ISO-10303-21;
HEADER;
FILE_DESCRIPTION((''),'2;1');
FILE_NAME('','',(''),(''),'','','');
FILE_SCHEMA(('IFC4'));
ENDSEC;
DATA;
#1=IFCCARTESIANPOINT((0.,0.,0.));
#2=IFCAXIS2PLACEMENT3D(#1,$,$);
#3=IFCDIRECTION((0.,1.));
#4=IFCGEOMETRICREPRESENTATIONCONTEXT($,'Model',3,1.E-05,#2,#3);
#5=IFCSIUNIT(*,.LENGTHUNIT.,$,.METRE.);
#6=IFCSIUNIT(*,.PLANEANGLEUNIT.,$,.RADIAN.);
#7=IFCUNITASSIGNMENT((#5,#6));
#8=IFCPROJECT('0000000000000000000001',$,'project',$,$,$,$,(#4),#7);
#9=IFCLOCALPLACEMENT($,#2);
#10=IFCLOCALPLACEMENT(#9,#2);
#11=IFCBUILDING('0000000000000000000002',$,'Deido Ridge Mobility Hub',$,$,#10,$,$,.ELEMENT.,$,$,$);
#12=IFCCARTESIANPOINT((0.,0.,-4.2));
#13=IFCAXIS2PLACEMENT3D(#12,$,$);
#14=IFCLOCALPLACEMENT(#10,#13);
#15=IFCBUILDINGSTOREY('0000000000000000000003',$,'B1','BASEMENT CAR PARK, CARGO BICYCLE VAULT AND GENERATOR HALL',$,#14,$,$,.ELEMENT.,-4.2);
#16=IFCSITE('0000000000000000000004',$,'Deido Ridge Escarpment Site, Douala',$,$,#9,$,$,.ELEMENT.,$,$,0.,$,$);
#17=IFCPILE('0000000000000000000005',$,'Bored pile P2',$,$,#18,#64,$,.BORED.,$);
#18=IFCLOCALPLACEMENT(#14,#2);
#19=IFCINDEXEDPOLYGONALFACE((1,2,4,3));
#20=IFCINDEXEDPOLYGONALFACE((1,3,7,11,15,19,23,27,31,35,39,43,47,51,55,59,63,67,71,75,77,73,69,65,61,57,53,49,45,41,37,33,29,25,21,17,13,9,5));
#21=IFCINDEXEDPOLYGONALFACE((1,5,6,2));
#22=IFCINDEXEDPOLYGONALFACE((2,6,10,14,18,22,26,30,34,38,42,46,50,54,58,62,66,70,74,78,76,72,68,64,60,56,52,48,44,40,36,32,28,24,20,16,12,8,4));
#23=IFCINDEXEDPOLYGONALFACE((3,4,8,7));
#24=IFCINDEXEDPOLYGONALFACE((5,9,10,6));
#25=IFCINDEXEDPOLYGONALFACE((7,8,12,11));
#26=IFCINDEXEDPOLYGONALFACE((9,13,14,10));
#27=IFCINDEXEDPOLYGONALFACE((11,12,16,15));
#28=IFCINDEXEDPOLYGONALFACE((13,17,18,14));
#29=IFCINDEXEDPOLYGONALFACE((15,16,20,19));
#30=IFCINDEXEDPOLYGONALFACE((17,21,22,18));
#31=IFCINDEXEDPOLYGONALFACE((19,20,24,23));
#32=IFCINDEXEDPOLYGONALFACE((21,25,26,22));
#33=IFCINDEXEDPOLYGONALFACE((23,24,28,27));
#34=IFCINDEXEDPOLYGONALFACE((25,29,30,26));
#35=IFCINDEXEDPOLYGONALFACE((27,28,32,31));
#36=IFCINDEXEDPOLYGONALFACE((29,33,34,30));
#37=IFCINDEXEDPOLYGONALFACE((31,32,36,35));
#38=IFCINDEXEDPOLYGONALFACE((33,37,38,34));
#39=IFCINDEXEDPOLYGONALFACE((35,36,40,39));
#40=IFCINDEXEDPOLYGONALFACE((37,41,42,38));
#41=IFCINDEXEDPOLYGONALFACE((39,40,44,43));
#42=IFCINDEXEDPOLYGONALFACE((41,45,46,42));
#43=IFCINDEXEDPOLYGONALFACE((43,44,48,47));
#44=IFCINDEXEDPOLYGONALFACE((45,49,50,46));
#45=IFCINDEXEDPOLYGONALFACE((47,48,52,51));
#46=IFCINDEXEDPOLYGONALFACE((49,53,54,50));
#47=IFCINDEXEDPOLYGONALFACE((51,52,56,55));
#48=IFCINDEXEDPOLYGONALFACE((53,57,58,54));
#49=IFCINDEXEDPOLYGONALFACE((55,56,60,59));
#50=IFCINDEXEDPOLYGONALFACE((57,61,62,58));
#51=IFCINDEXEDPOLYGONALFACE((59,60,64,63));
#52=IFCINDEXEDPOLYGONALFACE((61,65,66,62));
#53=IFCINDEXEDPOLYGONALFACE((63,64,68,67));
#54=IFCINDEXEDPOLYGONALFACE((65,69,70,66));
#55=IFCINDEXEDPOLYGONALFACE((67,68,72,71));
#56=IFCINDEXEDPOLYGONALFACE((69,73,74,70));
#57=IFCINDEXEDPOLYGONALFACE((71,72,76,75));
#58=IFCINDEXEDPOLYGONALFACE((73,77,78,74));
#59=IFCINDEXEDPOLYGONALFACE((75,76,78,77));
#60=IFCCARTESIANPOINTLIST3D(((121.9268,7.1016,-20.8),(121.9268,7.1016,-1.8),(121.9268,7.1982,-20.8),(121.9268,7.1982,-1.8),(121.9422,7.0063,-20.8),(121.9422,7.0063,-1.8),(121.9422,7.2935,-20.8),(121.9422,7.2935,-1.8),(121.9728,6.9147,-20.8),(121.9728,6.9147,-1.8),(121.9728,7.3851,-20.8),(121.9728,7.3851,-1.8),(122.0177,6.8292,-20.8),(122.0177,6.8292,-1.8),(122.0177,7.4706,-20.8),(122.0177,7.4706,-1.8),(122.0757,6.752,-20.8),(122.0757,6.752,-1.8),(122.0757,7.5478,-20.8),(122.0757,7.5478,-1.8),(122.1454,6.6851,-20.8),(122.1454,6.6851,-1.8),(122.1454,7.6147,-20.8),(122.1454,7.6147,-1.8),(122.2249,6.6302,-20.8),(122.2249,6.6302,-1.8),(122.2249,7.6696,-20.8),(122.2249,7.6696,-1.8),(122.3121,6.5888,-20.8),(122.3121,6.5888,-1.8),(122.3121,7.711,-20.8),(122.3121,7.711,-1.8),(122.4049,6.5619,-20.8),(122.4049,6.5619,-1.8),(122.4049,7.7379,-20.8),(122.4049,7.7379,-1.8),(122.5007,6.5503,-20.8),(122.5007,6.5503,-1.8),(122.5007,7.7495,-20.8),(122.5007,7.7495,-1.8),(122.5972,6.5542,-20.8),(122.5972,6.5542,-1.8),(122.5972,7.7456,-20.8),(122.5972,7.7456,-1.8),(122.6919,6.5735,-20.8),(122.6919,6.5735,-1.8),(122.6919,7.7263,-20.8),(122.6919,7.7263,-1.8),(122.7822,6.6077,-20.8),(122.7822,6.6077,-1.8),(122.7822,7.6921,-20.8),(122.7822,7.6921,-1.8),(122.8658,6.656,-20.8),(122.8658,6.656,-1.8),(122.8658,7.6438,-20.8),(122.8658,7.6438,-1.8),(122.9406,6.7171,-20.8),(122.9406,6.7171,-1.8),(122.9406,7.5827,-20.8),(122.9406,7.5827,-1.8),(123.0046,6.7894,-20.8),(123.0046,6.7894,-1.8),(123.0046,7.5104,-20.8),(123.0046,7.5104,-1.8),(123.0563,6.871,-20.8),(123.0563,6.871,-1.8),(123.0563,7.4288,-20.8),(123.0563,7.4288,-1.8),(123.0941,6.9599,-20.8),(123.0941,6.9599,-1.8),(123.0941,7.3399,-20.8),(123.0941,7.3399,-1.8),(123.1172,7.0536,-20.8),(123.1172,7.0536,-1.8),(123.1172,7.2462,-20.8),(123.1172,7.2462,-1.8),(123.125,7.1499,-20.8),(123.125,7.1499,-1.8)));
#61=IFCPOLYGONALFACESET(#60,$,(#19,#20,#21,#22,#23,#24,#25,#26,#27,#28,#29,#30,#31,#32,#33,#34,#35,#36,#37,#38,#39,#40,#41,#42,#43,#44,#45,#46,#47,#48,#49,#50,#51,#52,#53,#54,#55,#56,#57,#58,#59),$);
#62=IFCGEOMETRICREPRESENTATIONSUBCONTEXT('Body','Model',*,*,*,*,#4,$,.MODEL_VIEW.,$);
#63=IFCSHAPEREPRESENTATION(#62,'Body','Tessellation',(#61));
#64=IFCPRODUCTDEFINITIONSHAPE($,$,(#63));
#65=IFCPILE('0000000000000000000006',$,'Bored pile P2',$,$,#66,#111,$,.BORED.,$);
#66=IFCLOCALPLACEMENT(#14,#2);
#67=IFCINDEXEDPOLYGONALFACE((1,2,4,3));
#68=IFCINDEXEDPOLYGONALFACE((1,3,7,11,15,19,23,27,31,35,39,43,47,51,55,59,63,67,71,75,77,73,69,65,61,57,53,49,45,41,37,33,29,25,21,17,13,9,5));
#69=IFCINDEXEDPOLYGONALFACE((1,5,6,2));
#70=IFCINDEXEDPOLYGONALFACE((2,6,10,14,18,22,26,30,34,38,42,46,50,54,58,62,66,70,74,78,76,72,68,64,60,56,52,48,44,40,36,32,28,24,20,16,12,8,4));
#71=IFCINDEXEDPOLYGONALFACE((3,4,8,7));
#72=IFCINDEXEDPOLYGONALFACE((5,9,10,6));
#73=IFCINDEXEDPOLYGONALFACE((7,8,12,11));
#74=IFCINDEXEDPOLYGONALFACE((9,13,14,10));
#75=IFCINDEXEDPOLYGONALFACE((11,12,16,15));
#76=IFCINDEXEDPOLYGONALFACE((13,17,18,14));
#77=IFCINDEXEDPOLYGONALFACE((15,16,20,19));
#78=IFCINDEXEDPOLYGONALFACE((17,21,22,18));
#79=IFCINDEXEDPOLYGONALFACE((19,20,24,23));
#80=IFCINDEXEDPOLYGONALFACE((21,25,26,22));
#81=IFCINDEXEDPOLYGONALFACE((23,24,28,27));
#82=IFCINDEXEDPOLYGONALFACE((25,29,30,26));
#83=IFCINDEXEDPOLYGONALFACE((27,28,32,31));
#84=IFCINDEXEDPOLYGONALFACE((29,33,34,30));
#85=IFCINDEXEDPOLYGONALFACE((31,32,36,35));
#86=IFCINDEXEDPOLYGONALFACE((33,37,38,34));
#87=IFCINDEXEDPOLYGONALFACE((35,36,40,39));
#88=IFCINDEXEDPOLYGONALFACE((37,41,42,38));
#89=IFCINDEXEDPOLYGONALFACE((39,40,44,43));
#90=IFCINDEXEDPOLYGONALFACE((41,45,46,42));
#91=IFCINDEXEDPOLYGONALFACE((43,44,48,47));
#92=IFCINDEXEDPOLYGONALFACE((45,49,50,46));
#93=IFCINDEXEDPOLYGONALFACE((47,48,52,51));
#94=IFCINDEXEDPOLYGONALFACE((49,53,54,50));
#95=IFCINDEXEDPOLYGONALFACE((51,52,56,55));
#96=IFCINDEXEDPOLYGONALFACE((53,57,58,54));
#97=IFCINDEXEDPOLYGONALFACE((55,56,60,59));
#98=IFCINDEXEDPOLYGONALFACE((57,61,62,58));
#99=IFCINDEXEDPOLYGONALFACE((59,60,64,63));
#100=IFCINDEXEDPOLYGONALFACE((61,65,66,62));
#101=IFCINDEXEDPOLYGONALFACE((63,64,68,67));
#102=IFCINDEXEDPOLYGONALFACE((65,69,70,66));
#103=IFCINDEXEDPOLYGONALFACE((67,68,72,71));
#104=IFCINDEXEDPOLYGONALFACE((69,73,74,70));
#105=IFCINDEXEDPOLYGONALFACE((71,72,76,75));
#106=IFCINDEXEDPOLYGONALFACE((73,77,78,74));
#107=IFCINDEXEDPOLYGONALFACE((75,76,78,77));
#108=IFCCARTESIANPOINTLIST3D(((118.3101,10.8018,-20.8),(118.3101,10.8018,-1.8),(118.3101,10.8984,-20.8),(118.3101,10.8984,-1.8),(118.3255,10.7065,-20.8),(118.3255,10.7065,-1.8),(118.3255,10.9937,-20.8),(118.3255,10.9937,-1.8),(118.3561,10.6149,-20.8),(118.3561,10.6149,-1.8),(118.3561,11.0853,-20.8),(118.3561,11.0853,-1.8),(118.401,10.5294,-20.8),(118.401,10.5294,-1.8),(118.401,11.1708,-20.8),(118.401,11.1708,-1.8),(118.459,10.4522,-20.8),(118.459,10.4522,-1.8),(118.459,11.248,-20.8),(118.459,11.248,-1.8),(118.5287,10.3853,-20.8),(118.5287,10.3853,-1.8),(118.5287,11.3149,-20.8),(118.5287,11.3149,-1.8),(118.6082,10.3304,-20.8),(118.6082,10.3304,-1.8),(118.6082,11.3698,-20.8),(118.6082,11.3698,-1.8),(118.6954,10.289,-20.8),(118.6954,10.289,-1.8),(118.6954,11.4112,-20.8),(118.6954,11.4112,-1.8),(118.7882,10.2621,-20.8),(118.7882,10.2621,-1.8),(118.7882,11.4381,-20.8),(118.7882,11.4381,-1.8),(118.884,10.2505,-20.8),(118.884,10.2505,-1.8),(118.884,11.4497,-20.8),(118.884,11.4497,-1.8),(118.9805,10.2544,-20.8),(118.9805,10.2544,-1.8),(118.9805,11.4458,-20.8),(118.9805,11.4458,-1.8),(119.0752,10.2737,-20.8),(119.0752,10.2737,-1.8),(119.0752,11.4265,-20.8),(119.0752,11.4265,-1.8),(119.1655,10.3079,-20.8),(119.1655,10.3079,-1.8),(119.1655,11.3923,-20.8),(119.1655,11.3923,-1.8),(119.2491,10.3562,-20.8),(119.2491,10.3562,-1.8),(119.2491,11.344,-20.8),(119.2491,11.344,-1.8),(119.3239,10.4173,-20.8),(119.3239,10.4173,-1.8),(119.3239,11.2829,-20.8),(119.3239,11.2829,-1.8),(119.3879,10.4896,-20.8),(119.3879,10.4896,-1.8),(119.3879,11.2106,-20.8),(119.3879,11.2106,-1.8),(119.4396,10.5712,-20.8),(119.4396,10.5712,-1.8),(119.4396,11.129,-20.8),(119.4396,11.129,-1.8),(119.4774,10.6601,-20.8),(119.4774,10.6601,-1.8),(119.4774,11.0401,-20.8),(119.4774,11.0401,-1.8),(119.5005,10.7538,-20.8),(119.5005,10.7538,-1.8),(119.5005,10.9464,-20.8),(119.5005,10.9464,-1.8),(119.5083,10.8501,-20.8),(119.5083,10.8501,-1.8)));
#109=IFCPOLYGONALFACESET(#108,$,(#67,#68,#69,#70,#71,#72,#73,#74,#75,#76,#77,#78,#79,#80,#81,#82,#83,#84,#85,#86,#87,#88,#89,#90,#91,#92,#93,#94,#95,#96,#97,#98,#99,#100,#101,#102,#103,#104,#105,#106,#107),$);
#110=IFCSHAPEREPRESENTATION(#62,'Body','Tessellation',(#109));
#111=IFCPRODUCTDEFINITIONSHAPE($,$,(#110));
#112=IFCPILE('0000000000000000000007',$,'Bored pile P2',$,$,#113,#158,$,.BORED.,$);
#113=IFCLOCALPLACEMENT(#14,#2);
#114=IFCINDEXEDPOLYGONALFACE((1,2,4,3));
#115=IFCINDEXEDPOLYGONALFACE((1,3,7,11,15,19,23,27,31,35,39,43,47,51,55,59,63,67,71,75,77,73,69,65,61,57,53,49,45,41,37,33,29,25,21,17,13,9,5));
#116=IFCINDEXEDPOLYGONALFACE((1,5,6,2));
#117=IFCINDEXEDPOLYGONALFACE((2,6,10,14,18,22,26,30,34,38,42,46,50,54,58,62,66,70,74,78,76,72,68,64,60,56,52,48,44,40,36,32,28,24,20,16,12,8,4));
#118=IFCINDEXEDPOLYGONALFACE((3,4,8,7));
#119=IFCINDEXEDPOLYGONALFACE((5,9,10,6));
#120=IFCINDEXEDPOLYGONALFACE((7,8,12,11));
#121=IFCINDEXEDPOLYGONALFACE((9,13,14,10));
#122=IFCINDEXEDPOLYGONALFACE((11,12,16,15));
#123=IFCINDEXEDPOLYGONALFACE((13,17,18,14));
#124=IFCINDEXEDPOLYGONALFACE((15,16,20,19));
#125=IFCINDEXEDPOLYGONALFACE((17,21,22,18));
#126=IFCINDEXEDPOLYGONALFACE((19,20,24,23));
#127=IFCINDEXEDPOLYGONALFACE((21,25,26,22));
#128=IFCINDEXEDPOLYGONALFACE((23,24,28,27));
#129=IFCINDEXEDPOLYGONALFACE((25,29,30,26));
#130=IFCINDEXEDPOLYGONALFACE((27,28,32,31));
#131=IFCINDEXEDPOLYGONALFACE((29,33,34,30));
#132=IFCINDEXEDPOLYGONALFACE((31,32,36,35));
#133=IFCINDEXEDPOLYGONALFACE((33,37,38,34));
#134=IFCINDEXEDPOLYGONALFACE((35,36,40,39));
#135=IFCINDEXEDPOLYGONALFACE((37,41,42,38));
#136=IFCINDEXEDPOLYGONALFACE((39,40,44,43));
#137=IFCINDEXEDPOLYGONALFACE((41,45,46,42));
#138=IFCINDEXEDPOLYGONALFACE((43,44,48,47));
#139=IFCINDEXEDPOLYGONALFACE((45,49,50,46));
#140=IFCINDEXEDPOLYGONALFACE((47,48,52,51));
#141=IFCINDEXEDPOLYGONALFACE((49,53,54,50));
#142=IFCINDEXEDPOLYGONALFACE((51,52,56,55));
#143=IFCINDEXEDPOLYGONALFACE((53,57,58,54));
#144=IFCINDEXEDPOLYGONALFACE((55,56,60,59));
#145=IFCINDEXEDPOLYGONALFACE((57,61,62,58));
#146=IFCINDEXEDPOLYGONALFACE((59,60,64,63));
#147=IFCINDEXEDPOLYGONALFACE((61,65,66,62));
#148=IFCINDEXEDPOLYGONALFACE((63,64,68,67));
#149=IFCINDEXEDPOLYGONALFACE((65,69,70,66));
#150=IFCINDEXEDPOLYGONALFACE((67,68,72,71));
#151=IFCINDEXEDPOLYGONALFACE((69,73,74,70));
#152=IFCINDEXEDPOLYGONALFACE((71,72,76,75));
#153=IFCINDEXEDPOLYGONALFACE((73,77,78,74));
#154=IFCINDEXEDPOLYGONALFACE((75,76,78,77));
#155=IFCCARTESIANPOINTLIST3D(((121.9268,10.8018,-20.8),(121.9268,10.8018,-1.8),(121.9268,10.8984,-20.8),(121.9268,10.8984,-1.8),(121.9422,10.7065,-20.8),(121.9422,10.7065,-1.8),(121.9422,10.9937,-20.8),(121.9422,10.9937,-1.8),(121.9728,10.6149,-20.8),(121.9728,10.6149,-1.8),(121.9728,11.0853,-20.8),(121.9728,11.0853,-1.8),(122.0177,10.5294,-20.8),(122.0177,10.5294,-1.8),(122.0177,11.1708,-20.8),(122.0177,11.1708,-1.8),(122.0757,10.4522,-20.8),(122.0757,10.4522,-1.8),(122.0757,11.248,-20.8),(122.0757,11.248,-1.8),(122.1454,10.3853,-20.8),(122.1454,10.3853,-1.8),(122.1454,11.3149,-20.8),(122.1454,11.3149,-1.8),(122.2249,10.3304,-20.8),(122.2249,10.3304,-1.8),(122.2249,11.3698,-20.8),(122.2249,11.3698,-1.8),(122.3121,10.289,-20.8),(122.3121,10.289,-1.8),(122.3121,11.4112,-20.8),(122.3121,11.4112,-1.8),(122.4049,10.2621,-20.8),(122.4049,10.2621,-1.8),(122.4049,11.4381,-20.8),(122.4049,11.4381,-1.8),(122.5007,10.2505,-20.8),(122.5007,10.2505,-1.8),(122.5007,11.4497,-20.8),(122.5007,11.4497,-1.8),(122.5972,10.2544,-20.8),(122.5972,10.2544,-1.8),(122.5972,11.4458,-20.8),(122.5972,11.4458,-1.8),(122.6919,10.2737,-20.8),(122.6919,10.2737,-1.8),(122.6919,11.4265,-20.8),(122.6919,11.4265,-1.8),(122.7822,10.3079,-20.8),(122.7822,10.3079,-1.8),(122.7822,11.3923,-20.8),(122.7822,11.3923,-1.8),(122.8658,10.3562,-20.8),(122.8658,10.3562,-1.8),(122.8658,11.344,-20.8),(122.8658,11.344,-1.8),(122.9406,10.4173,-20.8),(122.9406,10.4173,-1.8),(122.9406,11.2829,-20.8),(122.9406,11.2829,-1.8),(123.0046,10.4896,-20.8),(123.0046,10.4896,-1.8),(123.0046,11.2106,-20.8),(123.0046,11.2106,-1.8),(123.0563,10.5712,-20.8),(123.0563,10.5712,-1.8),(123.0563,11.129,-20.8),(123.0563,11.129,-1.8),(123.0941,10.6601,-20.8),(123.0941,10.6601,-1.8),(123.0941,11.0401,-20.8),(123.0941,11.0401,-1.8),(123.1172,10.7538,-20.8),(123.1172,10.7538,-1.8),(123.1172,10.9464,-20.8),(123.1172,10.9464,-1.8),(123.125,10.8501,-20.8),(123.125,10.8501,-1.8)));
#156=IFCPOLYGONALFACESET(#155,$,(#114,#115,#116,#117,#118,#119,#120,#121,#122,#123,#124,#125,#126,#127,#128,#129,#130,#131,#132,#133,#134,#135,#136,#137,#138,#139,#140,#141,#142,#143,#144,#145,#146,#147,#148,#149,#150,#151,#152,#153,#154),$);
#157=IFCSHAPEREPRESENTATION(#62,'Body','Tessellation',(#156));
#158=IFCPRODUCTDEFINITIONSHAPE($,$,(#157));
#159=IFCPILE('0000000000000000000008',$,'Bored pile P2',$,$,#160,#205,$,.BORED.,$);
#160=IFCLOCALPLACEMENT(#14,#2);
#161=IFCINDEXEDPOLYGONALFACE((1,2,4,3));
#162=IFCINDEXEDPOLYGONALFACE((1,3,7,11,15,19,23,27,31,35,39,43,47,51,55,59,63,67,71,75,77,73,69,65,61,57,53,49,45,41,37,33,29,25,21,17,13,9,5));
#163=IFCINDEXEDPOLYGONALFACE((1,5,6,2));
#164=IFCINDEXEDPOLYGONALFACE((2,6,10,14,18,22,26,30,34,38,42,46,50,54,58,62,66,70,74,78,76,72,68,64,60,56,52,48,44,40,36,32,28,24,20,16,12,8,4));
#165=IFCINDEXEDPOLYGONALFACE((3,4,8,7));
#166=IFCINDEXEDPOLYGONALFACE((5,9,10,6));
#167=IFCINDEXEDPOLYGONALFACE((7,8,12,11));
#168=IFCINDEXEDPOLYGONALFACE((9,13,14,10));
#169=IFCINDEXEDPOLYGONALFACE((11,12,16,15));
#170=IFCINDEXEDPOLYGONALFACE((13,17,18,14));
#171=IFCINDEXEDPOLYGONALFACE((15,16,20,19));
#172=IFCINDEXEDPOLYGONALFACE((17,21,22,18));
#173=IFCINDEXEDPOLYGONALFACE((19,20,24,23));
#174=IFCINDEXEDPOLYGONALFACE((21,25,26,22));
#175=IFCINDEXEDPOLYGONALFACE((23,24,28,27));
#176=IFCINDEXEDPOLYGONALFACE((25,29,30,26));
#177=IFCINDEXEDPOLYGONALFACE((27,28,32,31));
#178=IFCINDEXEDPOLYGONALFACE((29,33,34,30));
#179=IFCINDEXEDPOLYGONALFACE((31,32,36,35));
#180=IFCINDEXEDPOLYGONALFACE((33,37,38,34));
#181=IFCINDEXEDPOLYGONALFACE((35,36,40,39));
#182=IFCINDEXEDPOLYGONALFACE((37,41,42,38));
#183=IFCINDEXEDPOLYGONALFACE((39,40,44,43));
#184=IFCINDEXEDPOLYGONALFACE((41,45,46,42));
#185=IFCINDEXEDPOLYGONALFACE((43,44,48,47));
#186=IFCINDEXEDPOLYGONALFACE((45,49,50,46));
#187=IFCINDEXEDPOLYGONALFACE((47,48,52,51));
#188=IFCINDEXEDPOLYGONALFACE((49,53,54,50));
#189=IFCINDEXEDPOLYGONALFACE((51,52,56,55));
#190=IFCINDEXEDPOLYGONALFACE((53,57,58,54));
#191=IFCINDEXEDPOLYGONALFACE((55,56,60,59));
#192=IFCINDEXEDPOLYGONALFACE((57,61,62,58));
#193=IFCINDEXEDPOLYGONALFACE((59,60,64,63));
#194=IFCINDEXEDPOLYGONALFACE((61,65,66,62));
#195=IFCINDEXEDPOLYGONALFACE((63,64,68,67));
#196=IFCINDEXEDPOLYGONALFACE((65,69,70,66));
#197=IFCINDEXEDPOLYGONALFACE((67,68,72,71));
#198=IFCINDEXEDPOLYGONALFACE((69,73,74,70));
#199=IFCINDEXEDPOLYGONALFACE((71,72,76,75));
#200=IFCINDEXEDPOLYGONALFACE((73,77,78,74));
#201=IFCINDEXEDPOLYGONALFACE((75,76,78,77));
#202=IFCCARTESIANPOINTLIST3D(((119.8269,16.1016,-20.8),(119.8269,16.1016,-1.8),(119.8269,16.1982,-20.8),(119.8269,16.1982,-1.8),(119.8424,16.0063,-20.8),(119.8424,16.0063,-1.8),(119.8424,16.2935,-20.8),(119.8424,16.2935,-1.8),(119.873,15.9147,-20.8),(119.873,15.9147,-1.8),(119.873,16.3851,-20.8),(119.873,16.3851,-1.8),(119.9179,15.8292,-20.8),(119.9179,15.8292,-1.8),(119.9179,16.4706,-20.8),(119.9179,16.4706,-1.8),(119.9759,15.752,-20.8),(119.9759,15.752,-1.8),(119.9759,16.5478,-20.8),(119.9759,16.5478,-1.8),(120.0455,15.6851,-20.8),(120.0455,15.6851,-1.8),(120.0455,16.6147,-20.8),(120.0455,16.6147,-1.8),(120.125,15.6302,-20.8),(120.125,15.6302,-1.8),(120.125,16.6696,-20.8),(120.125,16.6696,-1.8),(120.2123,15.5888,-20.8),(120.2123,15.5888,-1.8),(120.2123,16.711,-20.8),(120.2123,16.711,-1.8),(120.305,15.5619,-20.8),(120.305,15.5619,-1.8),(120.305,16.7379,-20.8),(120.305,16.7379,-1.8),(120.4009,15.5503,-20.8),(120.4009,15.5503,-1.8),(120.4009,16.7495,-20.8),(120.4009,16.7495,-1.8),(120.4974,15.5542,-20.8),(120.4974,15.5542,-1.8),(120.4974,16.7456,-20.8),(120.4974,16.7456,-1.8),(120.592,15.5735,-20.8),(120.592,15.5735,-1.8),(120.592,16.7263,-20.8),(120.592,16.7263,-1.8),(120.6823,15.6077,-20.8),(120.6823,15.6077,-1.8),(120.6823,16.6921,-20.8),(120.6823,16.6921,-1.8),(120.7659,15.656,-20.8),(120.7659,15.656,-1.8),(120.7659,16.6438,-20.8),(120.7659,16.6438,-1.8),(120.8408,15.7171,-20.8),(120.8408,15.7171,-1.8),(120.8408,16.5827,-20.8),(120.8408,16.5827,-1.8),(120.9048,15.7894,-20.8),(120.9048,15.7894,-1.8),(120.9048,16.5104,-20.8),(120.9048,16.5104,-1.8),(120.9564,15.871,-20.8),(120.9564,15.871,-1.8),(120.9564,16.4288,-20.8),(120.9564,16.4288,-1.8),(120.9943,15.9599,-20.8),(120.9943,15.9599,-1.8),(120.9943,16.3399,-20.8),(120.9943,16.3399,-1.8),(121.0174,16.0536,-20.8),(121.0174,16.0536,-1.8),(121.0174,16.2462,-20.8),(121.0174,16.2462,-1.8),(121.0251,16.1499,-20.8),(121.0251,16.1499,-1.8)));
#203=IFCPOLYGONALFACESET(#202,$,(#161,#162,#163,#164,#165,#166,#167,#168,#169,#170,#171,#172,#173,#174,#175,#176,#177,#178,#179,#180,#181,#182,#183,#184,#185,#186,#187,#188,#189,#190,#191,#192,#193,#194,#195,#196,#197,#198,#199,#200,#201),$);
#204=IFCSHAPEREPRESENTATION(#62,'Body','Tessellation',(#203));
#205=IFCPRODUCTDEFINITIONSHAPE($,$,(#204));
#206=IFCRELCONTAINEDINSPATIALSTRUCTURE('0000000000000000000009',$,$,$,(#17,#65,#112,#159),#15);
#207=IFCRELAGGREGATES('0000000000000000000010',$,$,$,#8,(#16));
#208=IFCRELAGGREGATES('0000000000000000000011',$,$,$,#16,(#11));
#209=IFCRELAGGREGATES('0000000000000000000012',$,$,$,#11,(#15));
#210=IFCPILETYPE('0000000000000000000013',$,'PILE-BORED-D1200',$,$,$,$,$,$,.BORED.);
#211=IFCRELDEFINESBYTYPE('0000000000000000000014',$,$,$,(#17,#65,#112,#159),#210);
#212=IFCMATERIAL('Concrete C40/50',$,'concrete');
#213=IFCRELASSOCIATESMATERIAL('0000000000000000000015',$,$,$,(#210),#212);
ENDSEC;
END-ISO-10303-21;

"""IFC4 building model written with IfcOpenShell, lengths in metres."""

from ifc_helpers import new_model, si_unit, direction, frame, origin, origin_2d, place, context, subcontext, project, spatial, circle, extrude, material, material_profile, profile_set, type_object, element, save


model = new_model("IFC4")

# Units and contexts
model_context = context("Model", 3, precision=1e-05, world=origin(), true_north=direction((0.0, 1.0)))
body_context = subcontext(model_context, "Body", "Model", "MODEL_VIEW")
ifc_project = project(units=[si_unit("LENGTHUNIT", "METRE"), si_unit("PLANEANGLEUNIT", "RADIAN")], contexts=[model_context])

# Site, building, storey
site_placement = place(None, origin())
site = spatial("IfcSite", under=ifc_project, at=site_placement, Name="Deido Ridge Escarpment Site, Douala", CompositionType="ELEMENT", RefElevation=0.0)
building_placement = place(site_placement, origin())
building = spatial("IfcBuilding", under=site, at=building_placement, Name="Deido Ridge Mobility Hub", CompositionType="ELEMENT")
storey_placement = place(building_placement, frame((0.0, 0.0, -4.2)))
storey = spatial("IfcBuildingStorey", under=building, at=storey_placement, Name="B1", Description="BASEMENT CAR PARK, CARGO BICYCLE VAULT AND GENERATOR HALL", CompositionType="ELEMENT", Elevation=-4.2)

# Shared definitions
ifc_material_1 = material(Name="Concrete C40/50", Category="concrete")

# Piles
ifc_material_profile_1 = material_profile(ifc_material_1, circle(Radius=0.6001, at=origin_2d()), Name="BORED PILE D1200")
ifc_profile_set_1 = profile_set([ifc_material_profile_1], Name="Concrete C40/50")
pile_type_1 = type_object("IfcPileType", Name="PILE-BORED-D1200", PredefinedType="BORED", material=ifc_profile_set_1)
for number, where, z_axis, x_axis, name in (
    (1, (122.5249, 7.1499, -1.8), (0.0, 0.0, -1.0), (1.0, 0.0, 0.0), "Bored pile P2"),
    (2, (118.9082, 10.8501, -1.8), (0.0, 0.0, -1.0), (1.0, 0.0, 0.0), "Bored pile P2"),
    (3, (122.5249, 10.8501, -1.8), (0.0, 0.0, -1.0), (1.0, 0.0, 0.0), "Bored pile P2"),
    (4, (120.425, 16.1499, -1.8), (0.0, 0.0, -1.0), (1.0, 0.0, 0.0), "Bored pile P2"),
):
    element("IfcPile", number, at=place(storey_placement, frame(where, z_axis=z_axis, x_axis=x_axis)), inside=storey, type_object=pile_type_1, Name=name, PredefinedType="BORED", context=body_context, shape_type="SweptSolid", body=[
        extrude(circle(Radius=0.6001, at=origin_2d()), origin(), (0.0, 0.0, 1.0), 19.0),
    ])

save(model, "model.ifc")
